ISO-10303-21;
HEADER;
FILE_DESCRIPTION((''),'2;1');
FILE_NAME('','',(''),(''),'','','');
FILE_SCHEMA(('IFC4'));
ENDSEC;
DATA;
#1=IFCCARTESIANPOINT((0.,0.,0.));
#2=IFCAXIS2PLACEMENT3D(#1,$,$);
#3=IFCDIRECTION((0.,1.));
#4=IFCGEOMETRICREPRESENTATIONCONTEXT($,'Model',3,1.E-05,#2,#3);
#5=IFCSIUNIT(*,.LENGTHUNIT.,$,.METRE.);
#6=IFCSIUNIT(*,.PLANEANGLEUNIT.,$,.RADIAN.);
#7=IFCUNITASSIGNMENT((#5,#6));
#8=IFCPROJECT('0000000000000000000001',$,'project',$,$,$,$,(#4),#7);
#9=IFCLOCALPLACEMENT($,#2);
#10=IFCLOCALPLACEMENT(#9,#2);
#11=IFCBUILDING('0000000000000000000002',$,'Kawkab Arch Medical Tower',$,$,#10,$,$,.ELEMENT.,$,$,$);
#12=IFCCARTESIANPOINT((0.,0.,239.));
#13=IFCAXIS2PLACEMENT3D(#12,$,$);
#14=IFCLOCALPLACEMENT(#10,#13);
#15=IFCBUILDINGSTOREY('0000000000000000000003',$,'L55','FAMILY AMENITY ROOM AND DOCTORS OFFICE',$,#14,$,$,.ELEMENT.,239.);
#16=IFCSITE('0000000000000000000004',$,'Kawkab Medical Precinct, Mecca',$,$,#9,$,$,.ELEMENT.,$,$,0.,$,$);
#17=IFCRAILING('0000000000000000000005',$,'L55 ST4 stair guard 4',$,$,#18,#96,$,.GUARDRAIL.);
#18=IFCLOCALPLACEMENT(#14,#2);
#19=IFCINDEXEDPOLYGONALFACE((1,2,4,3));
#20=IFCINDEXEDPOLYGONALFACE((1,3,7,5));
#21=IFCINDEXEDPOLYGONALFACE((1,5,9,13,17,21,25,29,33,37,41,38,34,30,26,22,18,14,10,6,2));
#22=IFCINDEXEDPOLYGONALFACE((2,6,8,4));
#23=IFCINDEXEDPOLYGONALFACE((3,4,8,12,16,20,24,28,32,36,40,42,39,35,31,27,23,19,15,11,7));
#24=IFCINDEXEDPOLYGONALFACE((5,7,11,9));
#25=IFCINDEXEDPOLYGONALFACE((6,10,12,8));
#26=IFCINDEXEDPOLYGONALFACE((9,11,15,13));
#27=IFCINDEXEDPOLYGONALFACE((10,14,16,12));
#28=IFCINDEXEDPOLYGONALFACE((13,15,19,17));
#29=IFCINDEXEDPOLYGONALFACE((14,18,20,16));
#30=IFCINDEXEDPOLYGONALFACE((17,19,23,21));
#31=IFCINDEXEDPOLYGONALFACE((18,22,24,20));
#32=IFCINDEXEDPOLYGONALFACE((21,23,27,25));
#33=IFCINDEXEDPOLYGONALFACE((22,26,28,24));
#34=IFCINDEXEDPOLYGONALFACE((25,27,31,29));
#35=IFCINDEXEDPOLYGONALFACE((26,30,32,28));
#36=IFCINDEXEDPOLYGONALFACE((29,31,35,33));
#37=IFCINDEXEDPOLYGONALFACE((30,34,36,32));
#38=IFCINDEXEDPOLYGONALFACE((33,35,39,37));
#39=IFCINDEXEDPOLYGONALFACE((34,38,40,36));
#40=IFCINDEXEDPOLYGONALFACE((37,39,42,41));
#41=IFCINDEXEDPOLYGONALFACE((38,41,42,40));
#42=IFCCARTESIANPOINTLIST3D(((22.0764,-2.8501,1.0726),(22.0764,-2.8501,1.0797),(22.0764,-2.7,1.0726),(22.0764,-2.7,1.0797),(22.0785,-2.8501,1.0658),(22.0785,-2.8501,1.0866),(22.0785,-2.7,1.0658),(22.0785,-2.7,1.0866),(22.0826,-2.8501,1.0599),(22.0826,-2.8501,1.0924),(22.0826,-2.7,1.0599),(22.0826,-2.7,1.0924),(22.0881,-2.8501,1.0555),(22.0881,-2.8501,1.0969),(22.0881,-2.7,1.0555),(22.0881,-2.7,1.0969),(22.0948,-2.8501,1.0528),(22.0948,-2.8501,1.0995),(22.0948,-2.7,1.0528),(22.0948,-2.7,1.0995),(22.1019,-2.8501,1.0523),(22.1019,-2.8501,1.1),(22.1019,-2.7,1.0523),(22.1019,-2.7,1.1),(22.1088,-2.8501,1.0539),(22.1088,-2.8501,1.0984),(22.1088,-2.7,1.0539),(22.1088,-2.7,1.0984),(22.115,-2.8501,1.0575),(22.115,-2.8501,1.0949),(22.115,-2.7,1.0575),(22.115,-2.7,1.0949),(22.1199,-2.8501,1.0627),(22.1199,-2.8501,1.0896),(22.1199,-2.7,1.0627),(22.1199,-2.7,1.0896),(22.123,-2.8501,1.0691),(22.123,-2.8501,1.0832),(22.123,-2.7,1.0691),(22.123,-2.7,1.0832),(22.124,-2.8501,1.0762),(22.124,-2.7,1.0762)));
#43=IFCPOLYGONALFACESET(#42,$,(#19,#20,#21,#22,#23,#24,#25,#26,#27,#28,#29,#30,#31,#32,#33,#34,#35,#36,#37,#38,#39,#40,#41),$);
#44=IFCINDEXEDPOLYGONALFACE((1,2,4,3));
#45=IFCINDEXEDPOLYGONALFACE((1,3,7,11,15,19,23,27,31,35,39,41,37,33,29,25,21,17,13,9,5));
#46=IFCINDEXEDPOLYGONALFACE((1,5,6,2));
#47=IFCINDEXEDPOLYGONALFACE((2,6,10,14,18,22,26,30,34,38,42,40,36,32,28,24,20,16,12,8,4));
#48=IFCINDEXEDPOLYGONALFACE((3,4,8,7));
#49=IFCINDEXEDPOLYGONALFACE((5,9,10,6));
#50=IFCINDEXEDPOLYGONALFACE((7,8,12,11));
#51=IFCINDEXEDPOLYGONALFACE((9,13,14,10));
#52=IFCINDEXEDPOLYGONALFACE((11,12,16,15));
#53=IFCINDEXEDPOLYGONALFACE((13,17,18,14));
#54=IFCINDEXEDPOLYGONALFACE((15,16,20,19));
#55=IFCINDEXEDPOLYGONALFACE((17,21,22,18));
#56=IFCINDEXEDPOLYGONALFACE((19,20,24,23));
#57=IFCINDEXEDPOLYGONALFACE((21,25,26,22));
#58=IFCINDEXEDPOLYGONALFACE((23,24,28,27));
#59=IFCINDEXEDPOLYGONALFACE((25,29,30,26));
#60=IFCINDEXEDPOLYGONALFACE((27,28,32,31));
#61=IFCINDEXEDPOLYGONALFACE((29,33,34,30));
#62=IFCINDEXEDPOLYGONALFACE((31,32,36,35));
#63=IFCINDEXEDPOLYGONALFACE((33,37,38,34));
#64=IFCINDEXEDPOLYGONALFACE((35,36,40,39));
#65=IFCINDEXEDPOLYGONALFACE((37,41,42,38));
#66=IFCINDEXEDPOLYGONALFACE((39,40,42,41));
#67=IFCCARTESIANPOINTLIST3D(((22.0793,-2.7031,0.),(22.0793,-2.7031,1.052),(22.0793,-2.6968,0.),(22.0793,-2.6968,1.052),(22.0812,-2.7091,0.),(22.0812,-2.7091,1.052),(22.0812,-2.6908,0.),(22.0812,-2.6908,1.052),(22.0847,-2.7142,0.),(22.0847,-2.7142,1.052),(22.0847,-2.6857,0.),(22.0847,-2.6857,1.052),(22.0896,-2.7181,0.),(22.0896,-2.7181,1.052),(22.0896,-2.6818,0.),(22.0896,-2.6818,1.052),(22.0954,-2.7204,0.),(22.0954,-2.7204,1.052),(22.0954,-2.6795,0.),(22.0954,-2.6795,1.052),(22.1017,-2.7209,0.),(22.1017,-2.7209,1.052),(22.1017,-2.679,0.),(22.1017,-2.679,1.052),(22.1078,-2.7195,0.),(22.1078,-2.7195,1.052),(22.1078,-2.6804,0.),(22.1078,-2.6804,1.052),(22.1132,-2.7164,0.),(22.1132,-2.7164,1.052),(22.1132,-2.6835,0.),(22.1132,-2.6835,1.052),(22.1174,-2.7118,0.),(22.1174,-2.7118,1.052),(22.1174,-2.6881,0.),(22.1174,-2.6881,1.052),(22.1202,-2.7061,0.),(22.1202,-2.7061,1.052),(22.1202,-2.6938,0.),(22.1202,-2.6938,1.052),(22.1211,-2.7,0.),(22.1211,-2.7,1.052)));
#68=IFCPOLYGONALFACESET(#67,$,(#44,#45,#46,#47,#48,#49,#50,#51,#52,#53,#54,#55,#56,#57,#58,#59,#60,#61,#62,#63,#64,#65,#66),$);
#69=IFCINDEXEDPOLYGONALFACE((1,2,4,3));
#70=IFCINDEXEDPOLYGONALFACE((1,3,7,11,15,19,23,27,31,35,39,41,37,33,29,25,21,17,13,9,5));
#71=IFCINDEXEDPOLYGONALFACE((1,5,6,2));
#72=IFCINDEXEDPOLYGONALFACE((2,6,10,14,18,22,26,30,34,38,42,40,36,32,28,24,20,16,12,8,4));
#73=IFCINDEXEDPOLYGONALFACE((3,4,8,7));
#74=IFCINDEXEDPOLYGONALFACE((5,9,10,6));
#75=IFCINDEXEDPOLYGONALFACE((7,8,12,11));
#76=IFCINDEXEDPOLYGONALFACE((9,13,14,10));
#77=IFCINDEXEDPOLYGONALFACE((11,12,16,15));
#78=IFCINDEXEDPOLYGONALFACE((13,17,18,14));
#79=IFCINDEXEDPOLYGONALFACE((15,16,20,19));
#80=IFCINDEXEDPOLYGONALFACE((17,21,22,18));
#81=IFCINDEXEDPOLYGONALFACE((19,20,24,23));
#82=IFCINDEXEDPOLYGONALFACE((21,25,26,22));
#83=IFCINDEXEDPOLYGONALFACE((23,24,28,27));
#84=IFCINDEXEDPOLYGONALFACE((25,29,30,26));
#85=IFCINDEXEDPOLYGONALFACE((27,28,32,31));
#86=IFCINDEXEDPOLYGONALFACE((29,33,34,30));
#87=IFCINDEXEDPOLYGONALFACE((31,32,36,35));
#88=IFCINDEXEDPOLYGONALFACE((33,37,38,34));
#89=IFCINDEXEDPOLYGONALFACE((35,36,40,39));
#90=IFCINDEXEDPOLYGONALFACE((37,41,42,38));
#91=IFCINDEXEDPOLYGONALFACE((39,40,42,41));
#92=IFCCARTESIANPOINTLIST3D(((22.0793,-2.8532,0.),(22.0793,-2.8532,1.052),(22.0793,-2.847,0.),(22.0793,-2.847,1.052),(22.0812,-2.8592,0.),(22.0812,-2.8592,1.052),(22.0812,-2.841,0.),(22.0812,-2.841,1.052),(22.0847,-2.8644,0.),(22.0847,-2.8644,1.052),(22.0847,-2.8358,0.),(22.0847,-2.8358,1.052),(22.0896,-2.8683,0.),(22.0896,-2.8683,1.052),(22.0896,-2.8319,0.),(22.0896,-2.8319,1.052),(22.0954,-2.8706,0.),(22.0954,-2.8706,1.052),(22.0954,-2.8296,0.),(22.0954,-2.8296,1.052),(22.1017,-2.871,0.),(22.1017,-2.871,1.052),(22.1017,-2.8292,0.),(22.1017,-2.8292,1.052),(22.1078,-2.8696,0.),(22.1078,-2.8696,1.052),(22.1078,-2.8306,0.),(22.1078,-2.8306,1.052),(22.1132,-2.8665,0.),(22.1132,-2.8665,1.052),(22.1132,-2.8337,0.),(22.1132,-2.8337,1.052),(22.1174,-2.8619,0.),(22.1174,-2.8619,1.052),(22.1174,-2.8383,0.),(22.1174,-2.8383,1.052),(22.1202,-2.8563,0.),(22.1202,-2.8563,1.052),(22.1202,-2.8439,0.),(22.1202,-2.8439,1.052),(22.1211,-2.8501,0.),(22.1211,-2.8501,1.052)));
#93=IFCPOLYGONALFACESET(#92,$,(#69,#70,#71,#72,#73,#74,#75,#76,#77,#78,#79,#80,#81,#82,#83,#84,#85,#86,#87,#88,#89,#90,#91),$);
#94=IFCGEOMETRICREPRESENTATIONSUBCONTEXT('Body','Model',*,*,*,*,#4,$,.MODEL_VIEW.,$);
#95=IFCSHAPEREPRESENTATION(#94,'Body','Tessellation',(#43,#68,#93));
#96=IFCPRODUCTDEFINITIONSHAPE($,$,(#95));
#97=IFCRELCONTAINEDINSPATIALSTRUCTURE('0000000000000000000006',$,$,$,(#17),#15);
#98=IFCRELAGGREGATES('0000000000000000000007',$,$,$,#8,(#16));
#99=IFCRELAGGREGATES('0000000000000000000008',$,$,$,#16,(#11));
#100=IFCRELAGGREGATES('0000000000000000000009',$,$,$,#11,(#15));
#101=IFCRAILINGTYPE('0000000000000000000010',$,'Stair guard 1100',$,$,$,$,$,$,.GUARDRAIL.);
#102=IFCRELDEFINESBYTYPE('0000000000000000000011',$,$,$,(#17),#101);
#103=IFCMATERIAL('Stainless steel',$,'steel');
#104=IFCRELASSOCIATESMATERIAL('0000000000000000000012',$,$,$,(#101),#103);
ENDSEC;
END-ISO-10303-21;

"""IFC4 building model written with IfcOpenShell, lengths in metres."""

from ifc_helpers import new_model, si_unit, direction, frame, origin, origin_2d, place, context, subcontext, project, spatial, circle, extrude, material, type_object, element, save


model = new_model("IFC4")

# Units and contexts
model_context = context("Model", 3, precision=1e-05, world=origin(), true_north=direction((0.0, 1.0)))
body_context = subcontext(model_context, "Body", "Model", "MODEL_VIEW")
ifc_project = project(units=[si_unit("LENGTHUNIT", "METRE"), si_unit("PLANEANGLEUNIT", "RADIAN")], contexts=[model_context])

# Site, building, storey
site_placement = place(None, origin())
site = spatial("IfcSite", under=ifc_project, at=site_placement, Name="Kawkab Medical Precinct, Mecca", CompositionType="ELEMENT", RefElevation=0.0)
building_placement = place(site_placement, origin())
building = spatial("IfcBuilding", under=site, at=building_placement, Name="Kawkab Arch Medical Tower", CompositionType="ELEMENT")
storey_placement = place(building_placement, frame((0.0, 0.0, 239.0)))
storey = spatial("IfcBuildingStorey", under=building, at=storey_placement, Name="L55", Description="FAMILY AMENITY ROOM AND DOCTORS OFFICE", CompositionType="ELEMENT", Elevation=239.0)

# Railing
ifc_material_1 = material(Name="Stainless steel", Category="steel")
railing_type = type_object("IfcRailingType", Name="Stair guard 1100", PredefinedType="GUARDRAIL", material=ifc_material_1)
railing_1_placement = place(storey_placement, frame((22.1001, -2.7, 0.0)))
element("IfcRailing", 1, at=railing_1_placement, inside=storey, type_object=railing_type, Name="L55 ST4 stair guard 4", PredefinedType="GUARDRAIL", context=body_context, shape_type="SweptSolid", body=[
    extrude(circle(Radius=0.0239, at=origin_2d()), frame((0.0, 0.0, 1.0762), z_axis=(0.0, -1.0, 0.0), x_axis=(1.0, 0.0, 0.0)), (0.0, 0.0, 1.0), 0.1501),
    extrude(circle(Radius=0.021, at=origin_2d()), origin(), (0.0, 0.0, 1.0), 1.052),
    extrude(circle(Radius=0.021, at=origin_2d()), frame((0.0, -0.1501, 0.0)), (0.0, 0.0, 1.0), 1.052),
])

save(model, "model.ifc")
